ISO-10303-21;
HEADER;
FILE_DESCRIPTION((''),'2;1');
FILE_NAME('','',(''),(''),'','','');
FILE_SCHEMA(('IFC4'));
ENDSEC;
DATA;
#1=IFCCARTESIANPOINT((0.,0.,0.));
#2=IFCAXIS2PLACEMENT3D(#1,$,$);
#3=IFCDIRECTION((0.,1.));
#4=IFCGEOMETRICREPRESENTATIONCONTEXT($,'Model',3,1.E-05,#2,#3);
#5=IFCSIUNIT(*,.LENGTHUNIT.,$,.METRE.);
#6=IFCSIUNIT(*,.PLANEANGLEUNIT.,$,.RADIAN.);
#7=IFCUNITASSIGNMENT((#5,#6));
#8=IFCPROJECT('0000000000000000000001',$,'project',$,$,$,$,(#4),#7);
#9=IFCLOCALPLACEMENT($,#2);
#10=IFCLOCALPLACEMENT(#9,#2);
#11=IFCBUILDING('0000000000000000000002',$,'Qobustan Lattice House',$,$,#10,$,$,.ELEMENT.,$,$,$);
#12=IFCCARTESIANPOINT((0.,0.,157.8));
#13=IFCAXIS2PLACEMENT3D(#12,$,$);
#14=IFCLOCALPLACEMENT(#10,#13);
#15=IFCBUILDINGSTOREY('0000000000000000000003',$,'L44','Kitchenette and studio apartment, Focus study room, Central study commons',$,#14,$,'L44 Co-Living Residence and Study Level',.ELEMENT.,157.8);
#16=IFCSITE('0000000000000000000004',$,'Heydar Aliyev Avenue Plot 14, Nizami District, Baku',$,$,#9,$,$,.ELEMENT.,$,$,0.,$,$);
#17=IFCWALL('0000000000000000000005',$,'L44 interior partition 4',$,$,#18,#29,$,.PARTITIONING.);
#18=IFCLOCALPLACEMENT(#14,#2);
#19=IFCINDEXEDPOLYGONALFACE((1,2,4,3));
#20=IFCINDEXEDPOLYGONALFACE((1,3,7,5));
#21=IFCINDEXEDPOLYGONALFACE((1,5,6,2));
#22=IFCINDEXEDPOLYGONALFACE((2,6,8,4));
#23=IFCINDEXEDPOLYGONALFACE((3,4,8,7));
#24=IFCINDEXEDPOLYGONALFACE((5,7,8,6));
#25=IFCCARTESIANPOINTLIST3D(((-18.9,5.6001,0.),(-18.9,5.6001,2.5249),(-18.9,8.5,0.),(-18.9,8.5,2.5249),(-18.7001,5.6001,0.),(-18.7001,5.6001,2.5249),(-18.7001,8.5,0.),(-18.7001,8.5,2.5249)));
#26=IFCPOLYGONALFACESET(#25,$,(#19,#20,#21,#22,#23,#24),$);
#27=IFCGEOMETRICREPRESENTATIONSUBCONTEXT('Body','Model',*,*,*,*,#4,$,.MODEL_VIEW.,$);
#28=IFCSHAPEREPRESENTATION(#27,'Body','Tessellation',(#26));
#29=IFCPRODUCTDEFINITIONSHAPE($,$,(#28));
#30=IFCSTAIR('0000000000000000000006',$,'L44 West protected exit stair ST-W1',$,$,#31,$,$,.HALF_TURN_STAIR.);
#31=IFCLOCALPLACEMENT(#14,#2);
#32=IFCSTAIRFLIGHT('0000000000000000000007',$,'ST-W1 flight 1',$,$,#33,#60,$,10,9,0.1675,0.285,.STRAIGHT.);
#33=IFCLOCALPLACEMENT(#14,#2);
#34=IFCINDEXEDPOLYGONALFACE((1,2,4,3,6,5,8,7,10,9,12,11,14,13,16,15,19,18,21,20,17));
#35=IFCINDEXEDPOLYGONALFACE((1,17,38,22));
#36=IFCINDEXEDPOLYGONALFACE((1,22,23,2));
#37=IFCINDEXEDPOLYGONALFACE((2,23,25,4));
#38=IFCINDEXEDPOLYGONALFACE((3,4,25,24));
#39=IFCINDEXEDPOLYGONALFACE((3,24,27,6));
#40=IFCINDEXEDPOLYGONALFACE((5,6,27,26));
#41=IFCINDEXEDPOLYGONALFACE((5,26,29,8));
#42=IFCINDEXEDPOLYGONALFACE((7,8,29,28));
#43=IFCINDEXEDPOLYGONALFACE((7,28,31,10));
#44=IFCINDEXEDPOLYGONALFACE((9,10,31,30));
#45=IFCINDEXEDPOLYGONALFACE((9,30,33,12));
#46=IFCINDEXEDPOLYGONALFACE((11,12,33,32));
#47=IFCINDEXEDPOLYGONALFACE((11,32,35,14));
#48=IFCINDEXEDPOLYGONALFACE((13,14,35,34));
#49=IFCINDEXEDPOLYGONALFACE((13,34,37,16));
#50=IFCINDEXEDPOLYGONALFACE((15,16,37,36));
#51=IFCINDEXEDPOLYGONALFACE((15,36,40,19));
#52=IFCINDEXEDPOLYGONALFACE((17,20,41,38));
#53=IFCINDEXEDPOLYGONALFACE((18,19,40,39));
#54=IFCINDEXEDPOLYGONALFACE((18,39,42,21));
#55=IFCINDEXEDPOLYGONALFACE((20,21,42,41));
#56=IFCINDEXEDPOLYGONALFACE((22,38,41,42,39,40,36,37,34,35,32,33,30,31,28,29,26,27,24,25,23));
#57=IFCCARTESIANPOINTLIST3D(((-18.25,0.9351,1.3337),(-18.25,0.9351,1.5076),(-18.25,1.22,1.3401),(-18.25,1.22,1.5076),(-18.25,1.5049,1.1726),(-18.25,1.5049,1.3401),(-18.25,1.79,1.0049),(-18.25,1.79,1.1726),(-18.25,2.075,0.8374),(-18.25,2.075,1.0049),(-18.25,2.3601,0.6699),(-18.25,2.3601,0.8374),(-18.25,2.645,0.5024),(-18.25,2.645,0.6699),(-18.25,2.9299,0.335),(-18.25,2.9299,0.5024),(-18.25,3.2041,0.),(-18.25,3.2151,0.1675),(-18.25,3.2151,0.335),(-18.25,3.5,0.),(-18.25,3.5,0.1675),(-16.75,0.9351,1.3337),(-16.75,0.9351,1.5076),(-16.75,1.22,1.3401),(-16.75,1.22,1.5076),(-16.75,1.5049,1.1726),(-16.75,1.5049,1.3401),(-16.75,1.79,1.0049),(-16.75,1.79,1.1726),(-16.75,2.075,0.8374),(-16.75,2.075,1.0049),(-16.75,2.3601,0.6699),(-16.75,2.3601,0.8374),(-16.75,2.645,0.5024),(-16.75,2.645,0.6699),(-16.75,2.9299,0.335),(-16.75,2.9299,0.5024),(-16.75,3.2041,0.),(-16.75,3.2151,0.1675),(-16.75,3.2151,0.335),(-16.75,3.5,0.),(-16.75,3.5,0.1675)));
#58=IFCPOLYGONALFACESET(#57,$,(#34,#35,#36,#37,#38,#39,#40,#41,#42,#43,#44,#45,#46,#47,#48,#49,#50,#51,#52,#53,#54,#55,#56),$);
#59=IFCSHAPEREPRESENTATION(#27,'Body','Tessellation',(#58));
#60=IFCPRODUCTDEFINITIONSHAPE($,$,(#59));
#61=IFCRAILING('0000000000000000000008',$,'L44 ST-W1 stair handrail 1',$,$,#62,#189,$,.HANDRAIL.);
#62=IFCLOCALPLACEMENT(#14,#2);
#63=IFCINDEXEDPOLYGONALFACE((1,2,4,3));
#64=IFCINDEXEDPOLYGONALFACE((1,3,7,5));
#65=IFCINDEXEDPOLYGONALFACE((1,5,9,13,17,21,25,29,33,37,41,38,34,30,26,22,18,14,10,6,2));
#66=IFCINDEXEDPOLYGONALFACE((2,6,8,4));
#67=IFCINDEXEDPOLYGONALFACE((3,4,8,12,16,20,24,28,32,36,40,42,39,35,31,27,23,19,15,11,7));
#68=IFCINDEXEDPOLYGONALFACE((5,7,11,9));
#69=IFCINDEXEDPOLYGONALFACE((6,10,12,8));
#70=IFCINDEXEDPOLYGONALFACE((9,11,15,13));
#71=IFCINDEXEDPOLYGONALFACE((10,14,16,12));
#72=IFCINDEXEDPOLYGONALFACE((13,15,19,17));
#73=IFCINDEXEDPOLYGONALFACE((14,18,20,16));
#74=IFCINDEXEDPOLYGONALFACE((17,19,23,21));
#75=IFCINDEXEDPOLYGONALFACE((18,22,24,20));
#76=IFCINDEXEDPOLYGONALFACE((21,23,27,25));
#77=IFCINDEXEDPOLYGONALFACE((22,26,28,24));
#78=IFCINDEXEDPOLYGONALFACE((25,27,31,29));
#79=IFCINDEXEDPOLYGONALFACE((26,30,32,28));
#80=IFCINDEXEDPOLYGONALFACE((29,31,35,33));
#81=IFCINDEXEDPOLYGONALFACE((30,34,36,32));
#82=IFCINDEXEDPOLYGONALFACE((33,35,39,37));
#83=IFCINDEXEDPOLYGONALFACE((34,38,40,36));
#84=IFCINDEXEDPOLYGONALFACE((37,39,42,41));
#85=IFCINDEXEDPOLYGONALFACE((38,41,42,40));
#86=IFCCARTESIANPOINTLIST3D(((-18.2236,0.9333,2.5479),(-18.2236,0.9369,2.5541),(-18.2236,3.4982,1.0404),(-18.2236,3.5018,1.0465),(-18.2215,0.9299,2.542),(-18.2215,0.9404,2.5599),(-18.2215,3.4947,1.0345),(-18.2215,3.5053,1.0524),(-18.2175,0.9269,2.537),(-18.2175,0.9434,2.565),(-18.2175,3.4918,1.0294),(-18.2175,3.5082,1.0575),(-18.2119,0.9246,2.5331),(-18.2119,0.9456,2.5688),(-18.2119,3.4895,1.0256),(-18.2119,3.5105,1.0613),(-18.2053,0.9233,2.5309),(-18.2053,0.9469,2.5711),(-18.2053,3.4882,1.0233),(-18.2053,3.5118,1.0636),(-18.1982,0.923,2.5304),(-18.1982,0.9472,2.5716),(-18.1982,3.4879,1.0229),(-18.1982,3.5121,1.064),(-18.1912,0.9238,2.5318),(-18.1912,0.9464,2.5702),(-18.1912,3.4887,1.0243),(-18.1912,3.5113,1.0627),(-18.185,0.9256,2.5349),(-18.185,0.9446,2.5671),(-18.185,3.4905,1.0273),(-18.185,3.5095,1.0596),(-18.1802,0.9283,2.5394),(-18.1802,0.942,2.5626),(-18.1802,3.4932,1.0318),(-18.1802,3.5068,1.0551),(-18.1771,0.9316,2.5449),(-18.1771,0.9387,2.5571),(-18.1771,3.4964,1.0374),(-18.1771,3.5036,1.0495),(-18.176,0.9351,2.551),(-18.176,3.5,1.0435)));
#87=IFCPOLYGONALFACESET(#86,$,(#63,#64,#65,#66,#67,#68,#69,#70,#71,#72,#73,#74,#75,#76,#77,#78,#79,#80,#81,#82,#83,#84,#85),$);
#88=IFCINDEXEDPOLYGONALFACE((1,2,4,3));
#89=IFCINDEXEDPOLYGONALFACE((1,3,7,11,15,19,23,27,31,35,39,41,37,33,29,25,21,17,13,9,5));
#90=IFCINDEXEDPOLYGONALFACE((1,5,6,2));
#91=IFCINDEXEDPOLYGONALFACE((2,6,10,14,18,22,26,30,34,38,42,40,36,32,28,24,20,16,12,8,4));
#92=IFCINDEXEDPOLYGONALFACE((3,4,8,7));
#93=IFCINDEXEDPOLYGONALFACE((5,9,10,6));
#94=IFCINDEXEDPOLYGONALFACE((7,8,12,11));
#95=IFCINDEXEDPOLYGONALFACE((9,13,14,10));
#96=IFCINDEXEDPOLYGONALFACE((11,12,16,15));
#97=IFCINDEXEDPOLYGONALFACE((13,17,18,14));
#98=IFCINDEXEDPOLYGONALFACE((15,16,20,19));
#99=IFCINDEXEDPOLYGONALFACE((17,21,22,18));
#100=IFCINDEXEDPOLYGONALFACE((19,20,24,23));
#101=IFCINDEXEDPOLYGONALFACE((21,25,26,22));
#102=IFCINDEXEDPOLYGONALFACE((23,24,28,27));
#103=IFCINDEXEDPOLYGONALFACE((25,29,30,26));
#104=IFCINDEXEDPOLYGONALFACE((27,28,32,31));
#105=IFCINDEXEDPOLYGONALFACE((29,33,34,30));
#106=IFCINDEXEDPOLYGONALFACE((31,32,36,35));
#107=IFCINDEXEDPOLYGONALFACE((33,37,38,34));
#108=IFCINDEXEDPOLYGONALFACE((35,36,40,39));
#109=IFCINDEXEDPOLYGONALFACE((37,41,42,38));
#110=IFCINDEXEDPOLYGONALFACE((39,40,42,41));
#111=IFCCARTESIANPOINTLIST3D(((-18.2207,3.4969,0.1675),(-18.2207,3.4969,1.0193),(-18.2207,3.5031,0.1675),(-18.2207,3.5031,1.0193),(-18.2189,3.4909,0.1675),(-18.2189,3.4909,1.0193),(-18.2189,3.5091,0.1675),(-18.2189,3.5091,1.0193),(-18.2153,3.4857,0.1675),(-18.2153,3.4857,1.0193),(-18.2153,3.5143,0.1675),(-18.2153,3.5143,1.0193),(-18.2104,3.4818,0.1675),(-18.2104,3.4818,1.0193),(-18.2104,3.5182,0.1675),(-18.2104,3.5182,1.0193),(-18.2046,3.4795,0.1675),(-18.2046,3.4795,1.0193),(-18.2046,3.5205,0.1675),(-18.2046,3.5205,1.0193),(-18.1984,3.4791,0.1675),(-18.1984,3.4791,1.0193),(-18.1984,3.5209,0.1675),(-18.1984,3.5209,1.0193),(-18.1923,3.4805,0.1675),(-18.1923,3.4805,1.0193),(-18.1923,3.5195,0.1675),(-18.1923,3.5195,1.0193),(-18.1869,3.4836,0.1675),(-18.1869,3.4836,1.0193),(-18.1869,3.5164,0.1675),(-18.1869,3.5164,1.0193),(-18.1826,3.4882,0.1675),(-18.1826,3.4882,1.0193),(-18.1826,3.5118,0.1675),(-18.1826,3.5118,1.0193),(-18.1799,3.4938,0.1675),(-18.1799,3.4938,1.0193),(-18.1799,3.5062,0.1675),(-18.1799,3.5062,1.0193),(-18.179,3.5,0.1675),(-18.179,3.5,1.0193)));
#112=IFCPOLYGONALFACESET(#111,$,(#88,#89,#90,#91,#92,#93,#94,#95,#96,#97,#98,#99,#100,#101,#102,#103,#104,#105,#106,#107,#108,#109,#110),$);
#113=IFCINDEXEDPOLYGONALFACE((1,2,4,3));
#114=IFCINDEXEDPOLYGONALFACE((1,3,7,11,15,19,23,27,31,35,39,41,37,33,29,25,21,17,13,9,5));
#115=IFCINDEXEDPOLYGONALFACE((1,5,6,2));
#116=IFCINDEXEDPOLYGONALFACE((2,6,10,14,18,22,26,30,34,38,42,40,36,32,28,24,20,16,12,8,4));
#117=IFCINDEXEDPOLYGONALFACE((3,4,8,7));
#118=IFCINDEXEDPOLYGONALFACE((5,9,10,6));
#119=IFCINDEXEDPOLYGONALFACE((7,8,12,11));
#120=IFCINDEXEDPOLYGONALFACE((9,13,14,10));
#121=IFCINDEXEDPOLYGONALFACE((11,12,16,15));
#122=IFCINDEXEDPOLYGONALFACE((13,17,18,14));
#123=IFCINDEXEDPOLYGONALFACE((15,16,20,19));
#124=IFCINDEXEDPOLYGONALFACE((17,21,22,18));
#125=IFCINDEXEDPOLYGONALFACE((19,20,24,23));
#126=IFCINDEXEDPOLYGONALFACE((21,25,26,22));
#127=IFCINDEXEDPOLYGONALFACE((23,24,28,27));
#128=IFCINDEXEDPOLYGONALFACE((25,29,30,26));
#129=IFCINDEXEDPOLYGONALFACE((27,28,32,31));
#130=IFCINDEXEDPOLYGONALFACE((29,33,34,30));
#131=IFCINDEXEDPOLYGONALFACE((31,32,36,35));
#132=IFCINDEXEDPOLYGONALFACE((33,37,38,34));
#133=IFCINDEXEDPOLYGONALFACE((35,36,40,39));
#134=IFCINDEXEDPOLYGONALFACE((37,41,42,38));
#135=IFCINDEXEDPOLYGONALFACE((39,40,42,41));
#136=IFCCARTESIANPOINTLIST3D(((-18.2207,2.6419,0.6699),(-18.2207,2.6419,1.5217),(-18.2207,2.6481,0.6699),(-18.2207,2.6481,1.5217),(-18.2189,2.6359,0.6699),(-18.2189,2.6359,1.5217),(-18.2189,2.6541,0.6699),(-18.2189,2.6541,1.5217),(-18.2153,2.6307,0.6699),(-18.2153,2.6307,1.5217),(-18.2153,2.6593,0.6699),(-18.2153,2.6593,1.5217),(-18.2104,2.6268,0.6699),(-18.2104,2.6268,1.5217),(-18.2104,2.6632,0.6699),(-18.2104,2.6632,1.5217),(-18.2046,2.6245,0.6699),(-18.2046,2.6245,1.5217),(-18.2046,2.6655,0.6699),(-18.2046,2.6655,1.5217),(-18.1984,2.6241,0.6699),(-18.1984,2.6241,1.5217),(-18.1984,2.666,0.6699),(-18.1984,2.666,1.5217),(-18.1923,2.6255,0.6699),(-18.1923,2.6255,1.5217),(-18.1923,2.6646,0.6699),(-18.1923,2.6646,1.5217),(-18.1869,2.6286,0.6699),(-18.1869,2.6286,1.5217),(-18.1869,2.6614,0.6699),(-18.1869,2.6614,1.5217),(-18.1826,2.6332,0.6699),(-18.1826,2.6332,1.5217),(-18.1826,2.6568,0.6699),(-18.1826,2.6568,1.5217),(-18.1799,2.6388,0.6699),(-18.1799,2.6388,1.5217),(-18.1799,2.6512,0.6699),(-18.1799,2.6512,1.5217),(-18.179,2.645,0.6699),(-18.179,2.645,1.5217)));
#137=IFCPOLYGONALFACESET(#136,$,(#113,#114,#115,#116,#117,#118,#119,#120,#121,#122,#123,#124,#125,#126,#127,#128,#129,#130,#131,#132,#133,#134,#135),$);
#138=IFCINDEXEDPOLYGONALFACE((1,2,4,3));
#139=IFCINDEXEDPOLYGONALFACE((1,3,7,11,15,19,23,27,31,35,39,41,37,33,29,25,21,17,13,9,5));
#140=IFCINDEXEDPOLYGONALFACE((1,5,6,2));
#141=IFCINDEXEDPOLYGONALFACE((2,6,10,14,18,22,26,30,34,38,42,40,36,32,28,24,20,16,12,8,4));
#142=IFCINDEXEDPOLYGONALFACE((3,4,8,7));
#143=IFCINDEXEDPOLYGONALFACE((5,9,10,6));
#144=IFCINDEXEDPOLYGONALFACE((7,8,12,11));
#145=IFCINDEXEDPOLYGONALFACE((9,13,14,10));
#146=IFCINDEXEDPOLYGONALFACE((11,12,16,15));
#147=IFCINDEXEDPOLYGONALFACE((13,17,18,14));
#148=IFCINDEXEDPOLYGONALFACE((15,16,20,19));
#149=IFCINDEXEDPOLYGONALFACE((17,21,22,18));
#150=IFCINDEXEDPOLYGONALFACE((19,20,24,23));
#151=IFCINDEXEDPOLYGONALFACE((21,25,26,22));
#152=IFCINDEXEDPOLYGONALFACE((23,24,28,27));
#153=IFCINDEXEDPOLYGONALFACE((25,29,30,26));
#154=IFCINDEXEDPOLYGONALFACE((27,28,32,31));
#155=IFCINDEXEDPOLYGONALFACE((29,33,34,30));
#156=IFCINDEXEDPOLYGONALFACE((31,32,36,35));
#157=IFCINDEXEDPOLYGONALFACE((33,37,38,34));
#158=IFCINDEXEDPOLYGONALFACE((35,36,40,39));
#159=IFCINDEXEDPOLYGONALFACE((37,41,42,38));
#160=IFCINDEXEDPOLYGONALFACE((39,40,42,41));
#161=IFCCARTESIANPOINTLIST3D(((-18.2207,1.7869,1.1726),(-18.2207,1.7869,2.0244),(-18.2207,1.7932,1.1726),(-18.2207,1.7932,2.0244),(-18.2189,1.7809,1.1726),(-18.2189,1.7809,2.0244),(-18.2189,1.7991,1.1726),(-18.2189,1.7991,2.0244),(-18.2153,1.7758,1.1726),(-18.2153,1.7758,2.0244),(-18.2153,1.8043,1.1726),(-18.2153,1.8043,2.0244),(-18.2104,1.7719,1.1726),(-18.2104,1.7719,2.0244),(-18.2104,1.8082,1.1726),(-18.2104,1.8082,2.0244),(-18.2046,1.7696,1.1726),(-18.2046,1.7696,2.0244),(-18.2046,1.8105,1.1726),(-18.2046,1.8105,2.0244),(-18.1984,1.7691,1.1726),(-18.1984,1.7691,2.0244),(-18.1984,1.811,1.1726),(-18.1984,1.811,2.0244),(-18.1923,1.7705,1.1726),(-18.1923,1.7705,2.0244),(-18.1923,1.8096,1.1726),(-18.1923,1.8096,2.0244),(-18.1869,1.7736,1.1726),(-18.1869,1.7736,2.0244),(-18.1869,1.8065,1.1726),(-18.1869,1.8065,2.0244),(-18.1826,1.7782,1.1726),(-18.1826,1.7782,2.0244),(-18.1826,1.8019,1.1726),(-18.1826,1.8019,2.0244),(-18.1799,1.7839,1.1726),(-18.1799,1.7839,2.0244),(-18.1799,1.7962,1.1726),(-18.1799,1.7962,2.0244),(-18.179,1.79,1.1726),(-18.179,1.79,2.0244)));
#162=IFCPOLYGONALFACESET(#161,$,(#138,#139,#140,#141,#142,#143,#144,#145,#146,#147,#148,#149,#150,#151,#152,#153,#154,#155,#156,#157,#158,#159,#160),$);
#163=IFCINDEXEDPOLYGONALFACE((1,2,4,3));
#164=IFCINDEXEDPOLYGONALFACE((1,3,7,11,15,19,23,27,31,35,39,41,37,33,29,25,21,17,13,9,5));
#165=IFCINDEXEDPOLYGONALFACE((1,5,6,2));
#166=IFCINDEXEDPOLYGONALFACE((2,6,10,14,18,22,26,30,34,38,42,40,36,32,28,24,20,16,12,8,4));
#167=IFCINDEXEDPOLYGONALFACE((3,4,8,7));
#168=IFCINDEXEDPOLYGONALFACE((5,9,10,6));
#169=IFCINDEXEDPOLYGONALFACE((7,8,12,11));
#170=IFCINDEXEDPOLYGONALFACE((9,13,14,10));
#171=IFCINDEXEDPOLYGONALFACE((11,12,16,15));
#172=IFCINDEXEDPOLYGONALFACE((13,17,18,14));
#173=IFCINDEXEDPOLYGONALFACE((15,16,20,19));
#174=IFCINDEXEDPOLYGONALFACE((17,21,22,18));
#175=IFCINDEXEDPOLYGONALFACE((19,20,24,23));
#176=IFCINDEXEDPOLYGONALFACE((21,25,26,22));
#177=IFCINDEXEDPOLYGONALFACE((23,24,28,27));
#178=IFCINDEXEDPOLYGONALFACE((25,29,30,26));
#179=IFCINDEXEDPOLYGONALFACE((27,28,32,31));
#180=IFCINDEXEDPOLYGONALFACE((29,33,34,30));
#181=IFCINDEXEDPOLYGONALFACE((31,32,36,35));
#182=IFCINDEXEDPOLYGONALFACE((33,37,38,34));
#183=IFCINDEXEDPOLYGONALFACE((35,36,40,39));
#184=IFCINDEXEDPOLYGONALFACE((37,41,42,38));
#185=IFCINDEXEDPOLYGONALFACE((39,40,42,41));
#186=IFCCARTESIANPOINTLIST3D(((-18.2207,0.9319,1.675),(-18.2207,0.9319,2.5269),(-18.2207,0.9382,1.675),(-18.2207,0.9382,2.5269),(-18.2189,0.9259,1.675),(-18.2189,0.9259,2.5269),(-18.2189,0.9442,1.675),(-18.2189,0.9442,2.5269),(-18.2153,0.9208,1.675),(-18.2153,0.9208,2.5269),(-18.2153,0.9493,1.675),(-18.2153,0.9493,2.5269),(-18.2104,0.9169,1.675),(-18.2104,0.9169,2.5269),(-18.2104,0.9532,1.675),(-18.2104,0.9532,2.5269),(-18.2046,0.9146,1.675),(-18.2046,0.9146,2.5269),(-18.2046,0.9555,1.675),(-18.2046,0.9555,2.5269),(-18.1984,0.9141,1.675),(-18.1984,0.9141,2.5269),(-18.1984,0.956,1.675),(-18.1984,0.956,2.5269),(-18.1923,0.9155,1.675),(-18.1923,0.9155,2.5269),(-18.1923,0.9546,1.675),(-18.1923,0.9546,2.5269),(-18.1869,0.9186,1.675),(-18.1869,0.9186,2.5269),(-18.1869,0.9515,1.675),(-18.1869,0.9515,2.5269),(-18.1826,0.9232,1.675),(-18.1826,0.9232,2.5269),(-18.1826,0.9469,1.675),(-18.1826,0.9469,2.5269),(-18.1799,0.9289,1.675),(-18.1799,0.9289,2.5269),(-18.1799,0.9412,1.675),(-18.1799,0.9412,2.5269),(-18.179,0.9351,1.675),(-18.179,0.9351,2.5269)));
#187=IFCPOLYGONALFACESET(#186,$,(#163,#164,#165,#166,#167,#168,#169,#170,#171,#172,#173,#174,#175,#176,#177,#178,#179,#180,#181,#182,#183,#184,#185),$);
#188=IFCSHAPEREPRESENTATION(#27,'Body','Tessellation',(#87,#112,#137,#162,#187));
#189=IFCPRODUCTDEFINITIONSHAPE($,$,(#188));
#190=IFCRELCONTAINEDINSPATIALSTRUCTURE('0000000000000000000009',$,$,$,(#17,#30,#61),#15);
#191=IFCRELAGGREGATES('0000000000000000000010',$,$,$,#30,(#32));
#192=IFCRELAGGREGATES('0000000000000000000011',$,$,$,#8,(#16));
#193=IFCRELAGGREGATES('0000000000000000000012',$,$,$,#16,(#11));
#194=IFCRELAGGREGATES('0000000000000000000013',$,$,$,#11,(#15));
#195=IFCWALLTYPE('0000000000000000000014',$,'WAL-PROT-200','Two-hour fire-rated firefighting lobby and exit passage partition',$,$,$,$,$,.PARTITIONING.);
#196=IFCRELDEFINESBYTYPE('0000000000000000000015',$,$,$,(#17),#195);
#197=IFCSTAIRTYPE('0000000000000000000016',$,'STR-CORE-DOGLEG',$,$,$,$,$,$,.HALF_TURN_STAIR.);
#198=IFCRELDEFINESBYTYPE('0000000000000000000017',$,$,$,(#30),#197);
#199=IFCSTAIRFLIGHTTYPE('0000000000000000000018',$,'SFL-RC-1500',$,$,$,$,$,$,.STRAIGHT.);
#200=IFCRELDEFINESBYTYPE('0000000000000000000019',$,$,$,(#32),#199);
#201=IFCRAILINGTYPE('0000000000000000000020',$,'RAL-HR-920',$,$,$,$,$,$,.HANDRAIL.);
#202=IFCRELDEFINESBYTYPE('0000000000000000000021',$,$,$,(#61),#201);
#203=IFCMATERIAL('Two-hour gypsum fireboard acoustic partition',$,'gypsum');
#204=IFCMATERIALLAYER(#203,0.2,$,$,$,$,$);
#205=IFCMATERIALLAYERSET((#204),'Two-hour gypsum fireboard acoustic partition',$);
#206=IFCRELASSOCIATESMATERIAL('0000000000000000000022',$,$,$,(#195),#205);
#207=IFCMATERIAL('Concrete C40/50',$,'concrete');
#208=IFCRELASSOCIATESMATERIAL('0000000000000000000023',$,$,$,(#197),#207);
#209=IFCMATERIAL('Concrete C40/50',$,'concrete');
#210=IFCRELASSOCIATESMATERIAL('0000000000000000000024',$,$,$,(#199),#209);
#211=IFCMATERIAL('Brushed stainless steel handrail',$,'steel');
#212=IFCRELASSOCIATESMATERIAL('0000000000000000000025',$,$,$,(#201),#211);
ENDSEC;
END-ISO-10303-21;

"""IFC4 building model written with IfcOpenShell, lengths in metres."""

from ifc_helpers import new_model, si_unit, direction, frame, frame_2d, origin, origin_2d, place, context, subcontext, project, spatial, polyline, rectangle, circle, outline, extrude, material, layer, layer_set, type_object, element, aggregate, save


model = new_model("IFC4")

# Units and contexts
model_context = context("Model", 3, precision=1e-05, world=origin(), true_north=direction((0.0, 1.0)))
body_context = subcontext(model_context, "Body", "Model", "MODEL_VIEW")
ifc_project = project(units=[si_unit("LENGTHUNIT", "METRE"), si_unit("PLANEANGLEUNIT", "RADIAN")], contexts=[model_context])

# Site, building, storey
site_placement = place(None, origin())
site = spatial("IfcSite", under=ifc_project, at=site_placement, Name="Heydar Aliyev Avenue Plot 14, Nizami District, Baku", CompositionType="ELEMENT", RefElevation=0.0)
building_placement = place(site_placement, origin())
building = spatial("IfcBuilding", under=site, at=building_placement, Name="Qobustan Lattice House", CompositionType="ELEMENT")
storey_placement = place(building_placement, frame((0.0, 0.0, 157.8)))
storey = spatial("IfcBuildingStorey", under=building, at=storey_placement, Name="L44", Description="Kitchenette and studio apartment, Focus study room, Central study commons", LongName="L44 Co-Living Residence and Study Level", CompositionType="ELEMENT", Elevation=157.8)

# Wall
ifc_material_1 = material(Name="Two-hour gypsum fireboard acoustic partition", Category="gypsum")
ifc_layer_1 = layer(ifc_material_1, 0.2)
ifc_layer_set_1 = layer_set([ifc_layer_1], Name="Two-hour gypsum fireboard acoustic partition")
wall_type_1 = type_object("IfcWallType", Name="WAL-PROT-200", Description="Two-hour fire-rated firefighting lobby and exit passage partition", PredefinedType="PARTITIONING", material=ifc_layer_set_1)
wall_1_placement = place(storey_placement, frame((-18.8, 8.5, 0.0), z_axis=(0.0, 0.0, 1.0), x_axis=(0.0, -1.0, 0.0)))
element("IfcWall", 1, at=wall_1_placement, inside=storey, type_object=wall_type_1, Name="L44 interior partition 4", PredefinedType="PARTITIONING", context=body_context, shape_type="SweptSolid", body=[
    extrude(rectangle(XDim=2.8999, YDim=0.2, at=frame_2d((1.45, 0.0))), origin(), (0.0, 0.0, 1.0), 2.5249),
])

# Stair, stair flight
ifc_material_2 = material(Name="Concrete C40/50", Category="concrete")
stair_type = type_object("IfcStairType", Name="STR-CORE-DOGLEG", PredefinedType="HALF_TURN_STAIR", material=ifc_material_2)
stair_placement = place(storey_placement, origin())
stair = element("IfcStair", 2, at=stair_placement, inside=storey, type_object=stair_type, Name="L44 West protected exit stair ST-W1", PredefinedType="HALF_TURN_STAIR")
ifc_material_3 = material(Name="Concrete C40/50", Category="concrete")
stair_flight_type = type_object("IfcStairFlightType", Name="SFL-RC-1500", PredefinedType="STRAIGHT", material=ifc_material_3)
stair_flight_placement = place(storey_placement, frame((-17.5, 3.5, 0.0), z_axis=(0.0, 0.0, 1.0), x_axis=(0.0, -1.0, 0.0)))
stair_flight = element("IfcStairFlight", 3, at=stair_flight_placement, type_object=stair_flight_type, Name="ST-W1 flight 1", NumberOfRisers=10, NumberOfTreads=9, PredefinedType="STRAIGHT", RiserHeight=0.1675, TreadLength=0.285, context=body_context, shape_type="SweptSolid", body=[
    extrude(outline(polyline([(0.0, 0.0), (0.0, 0.1675), (0.2849, 0.1675), (0.2849, 0.335), (0.5701, 0.335), (0.5701, 0.5024), (0.855, 0.5024), (0.855, 0.6699), (1.1399, 0.6699), (1.1399, 0.8374), (1.425, 0.8374), (1.425, 1.0049), (1.71, 1.0049), (1.71, 1.1726), (1.9951, 1.1726), (1.9951, 1.3401), (2.28, 1.3401), (2.28, 1.5076), (2.5649, 1.5076), (2.5649, 1.675), (2.5649, 1.3337), (0.2959, 0.0), (0.0, 0.0)])), frame((0.0, 0.75, 0.0), z_axis=(0.0, -1.0, 0.0), x_axis=(1.0, 0.0, 0.0)), (0.0, 0.0, 1.0), 1.5),
])
aggregate(stair, [stair_flight])

# Railing
ifc_material_4 = material(Name="Brushed stainless steel handrail", Category="steel")
railing_type = type_object("IfcRailingType", Name="RAL-HR-920", PredefinedType="HANDRAIL", material=ifc_material_4)
railing_placement = place(storey_placement, frame((-18.2, 3.5, 0.1675)))
element("IfcRailing", 4, at=railing_placement, inside=storey, type_object=railing_type, Name="L44 ST-W1 stair handrail 1", PredefinedType="HANDRAIL", context=body_context, shape_type="SweptSolid", body=[
    extrude(circle(Radius=0.0239, at=origin_2d()), frame((0.0, 0.0, 0.876), z_axis=(0.0, -0.862113, 0.506715), x_axis=(1.0, 0.0, 0.0)), (0.0, 0.0, 1.0), 2.9751),
    extrude(circle(Radius=0.021, at=origin_2d()), origin(), (0.0, 0.0, 1.0), 0.8518),
    extrude(circle(Radius=0.021, at=origin_2d()), frame((0.0, -0.855, 0.5024)), (0.0, 0.0, 1.0), 0.8518),
    extrude(circle(Radius=0.021, at=origin_2d()), frame((0.0, -1.71, 1.0051)), (0.0, 0.0, 1.0), 0.8518),
    extrude(circle(Radius=0.021, at=origin_2d()), frame((0.0, -2.5649, 1.5076)), (0.0, 0.0, 1.0), 0.8518),
])

save(model, "model.ifc")
